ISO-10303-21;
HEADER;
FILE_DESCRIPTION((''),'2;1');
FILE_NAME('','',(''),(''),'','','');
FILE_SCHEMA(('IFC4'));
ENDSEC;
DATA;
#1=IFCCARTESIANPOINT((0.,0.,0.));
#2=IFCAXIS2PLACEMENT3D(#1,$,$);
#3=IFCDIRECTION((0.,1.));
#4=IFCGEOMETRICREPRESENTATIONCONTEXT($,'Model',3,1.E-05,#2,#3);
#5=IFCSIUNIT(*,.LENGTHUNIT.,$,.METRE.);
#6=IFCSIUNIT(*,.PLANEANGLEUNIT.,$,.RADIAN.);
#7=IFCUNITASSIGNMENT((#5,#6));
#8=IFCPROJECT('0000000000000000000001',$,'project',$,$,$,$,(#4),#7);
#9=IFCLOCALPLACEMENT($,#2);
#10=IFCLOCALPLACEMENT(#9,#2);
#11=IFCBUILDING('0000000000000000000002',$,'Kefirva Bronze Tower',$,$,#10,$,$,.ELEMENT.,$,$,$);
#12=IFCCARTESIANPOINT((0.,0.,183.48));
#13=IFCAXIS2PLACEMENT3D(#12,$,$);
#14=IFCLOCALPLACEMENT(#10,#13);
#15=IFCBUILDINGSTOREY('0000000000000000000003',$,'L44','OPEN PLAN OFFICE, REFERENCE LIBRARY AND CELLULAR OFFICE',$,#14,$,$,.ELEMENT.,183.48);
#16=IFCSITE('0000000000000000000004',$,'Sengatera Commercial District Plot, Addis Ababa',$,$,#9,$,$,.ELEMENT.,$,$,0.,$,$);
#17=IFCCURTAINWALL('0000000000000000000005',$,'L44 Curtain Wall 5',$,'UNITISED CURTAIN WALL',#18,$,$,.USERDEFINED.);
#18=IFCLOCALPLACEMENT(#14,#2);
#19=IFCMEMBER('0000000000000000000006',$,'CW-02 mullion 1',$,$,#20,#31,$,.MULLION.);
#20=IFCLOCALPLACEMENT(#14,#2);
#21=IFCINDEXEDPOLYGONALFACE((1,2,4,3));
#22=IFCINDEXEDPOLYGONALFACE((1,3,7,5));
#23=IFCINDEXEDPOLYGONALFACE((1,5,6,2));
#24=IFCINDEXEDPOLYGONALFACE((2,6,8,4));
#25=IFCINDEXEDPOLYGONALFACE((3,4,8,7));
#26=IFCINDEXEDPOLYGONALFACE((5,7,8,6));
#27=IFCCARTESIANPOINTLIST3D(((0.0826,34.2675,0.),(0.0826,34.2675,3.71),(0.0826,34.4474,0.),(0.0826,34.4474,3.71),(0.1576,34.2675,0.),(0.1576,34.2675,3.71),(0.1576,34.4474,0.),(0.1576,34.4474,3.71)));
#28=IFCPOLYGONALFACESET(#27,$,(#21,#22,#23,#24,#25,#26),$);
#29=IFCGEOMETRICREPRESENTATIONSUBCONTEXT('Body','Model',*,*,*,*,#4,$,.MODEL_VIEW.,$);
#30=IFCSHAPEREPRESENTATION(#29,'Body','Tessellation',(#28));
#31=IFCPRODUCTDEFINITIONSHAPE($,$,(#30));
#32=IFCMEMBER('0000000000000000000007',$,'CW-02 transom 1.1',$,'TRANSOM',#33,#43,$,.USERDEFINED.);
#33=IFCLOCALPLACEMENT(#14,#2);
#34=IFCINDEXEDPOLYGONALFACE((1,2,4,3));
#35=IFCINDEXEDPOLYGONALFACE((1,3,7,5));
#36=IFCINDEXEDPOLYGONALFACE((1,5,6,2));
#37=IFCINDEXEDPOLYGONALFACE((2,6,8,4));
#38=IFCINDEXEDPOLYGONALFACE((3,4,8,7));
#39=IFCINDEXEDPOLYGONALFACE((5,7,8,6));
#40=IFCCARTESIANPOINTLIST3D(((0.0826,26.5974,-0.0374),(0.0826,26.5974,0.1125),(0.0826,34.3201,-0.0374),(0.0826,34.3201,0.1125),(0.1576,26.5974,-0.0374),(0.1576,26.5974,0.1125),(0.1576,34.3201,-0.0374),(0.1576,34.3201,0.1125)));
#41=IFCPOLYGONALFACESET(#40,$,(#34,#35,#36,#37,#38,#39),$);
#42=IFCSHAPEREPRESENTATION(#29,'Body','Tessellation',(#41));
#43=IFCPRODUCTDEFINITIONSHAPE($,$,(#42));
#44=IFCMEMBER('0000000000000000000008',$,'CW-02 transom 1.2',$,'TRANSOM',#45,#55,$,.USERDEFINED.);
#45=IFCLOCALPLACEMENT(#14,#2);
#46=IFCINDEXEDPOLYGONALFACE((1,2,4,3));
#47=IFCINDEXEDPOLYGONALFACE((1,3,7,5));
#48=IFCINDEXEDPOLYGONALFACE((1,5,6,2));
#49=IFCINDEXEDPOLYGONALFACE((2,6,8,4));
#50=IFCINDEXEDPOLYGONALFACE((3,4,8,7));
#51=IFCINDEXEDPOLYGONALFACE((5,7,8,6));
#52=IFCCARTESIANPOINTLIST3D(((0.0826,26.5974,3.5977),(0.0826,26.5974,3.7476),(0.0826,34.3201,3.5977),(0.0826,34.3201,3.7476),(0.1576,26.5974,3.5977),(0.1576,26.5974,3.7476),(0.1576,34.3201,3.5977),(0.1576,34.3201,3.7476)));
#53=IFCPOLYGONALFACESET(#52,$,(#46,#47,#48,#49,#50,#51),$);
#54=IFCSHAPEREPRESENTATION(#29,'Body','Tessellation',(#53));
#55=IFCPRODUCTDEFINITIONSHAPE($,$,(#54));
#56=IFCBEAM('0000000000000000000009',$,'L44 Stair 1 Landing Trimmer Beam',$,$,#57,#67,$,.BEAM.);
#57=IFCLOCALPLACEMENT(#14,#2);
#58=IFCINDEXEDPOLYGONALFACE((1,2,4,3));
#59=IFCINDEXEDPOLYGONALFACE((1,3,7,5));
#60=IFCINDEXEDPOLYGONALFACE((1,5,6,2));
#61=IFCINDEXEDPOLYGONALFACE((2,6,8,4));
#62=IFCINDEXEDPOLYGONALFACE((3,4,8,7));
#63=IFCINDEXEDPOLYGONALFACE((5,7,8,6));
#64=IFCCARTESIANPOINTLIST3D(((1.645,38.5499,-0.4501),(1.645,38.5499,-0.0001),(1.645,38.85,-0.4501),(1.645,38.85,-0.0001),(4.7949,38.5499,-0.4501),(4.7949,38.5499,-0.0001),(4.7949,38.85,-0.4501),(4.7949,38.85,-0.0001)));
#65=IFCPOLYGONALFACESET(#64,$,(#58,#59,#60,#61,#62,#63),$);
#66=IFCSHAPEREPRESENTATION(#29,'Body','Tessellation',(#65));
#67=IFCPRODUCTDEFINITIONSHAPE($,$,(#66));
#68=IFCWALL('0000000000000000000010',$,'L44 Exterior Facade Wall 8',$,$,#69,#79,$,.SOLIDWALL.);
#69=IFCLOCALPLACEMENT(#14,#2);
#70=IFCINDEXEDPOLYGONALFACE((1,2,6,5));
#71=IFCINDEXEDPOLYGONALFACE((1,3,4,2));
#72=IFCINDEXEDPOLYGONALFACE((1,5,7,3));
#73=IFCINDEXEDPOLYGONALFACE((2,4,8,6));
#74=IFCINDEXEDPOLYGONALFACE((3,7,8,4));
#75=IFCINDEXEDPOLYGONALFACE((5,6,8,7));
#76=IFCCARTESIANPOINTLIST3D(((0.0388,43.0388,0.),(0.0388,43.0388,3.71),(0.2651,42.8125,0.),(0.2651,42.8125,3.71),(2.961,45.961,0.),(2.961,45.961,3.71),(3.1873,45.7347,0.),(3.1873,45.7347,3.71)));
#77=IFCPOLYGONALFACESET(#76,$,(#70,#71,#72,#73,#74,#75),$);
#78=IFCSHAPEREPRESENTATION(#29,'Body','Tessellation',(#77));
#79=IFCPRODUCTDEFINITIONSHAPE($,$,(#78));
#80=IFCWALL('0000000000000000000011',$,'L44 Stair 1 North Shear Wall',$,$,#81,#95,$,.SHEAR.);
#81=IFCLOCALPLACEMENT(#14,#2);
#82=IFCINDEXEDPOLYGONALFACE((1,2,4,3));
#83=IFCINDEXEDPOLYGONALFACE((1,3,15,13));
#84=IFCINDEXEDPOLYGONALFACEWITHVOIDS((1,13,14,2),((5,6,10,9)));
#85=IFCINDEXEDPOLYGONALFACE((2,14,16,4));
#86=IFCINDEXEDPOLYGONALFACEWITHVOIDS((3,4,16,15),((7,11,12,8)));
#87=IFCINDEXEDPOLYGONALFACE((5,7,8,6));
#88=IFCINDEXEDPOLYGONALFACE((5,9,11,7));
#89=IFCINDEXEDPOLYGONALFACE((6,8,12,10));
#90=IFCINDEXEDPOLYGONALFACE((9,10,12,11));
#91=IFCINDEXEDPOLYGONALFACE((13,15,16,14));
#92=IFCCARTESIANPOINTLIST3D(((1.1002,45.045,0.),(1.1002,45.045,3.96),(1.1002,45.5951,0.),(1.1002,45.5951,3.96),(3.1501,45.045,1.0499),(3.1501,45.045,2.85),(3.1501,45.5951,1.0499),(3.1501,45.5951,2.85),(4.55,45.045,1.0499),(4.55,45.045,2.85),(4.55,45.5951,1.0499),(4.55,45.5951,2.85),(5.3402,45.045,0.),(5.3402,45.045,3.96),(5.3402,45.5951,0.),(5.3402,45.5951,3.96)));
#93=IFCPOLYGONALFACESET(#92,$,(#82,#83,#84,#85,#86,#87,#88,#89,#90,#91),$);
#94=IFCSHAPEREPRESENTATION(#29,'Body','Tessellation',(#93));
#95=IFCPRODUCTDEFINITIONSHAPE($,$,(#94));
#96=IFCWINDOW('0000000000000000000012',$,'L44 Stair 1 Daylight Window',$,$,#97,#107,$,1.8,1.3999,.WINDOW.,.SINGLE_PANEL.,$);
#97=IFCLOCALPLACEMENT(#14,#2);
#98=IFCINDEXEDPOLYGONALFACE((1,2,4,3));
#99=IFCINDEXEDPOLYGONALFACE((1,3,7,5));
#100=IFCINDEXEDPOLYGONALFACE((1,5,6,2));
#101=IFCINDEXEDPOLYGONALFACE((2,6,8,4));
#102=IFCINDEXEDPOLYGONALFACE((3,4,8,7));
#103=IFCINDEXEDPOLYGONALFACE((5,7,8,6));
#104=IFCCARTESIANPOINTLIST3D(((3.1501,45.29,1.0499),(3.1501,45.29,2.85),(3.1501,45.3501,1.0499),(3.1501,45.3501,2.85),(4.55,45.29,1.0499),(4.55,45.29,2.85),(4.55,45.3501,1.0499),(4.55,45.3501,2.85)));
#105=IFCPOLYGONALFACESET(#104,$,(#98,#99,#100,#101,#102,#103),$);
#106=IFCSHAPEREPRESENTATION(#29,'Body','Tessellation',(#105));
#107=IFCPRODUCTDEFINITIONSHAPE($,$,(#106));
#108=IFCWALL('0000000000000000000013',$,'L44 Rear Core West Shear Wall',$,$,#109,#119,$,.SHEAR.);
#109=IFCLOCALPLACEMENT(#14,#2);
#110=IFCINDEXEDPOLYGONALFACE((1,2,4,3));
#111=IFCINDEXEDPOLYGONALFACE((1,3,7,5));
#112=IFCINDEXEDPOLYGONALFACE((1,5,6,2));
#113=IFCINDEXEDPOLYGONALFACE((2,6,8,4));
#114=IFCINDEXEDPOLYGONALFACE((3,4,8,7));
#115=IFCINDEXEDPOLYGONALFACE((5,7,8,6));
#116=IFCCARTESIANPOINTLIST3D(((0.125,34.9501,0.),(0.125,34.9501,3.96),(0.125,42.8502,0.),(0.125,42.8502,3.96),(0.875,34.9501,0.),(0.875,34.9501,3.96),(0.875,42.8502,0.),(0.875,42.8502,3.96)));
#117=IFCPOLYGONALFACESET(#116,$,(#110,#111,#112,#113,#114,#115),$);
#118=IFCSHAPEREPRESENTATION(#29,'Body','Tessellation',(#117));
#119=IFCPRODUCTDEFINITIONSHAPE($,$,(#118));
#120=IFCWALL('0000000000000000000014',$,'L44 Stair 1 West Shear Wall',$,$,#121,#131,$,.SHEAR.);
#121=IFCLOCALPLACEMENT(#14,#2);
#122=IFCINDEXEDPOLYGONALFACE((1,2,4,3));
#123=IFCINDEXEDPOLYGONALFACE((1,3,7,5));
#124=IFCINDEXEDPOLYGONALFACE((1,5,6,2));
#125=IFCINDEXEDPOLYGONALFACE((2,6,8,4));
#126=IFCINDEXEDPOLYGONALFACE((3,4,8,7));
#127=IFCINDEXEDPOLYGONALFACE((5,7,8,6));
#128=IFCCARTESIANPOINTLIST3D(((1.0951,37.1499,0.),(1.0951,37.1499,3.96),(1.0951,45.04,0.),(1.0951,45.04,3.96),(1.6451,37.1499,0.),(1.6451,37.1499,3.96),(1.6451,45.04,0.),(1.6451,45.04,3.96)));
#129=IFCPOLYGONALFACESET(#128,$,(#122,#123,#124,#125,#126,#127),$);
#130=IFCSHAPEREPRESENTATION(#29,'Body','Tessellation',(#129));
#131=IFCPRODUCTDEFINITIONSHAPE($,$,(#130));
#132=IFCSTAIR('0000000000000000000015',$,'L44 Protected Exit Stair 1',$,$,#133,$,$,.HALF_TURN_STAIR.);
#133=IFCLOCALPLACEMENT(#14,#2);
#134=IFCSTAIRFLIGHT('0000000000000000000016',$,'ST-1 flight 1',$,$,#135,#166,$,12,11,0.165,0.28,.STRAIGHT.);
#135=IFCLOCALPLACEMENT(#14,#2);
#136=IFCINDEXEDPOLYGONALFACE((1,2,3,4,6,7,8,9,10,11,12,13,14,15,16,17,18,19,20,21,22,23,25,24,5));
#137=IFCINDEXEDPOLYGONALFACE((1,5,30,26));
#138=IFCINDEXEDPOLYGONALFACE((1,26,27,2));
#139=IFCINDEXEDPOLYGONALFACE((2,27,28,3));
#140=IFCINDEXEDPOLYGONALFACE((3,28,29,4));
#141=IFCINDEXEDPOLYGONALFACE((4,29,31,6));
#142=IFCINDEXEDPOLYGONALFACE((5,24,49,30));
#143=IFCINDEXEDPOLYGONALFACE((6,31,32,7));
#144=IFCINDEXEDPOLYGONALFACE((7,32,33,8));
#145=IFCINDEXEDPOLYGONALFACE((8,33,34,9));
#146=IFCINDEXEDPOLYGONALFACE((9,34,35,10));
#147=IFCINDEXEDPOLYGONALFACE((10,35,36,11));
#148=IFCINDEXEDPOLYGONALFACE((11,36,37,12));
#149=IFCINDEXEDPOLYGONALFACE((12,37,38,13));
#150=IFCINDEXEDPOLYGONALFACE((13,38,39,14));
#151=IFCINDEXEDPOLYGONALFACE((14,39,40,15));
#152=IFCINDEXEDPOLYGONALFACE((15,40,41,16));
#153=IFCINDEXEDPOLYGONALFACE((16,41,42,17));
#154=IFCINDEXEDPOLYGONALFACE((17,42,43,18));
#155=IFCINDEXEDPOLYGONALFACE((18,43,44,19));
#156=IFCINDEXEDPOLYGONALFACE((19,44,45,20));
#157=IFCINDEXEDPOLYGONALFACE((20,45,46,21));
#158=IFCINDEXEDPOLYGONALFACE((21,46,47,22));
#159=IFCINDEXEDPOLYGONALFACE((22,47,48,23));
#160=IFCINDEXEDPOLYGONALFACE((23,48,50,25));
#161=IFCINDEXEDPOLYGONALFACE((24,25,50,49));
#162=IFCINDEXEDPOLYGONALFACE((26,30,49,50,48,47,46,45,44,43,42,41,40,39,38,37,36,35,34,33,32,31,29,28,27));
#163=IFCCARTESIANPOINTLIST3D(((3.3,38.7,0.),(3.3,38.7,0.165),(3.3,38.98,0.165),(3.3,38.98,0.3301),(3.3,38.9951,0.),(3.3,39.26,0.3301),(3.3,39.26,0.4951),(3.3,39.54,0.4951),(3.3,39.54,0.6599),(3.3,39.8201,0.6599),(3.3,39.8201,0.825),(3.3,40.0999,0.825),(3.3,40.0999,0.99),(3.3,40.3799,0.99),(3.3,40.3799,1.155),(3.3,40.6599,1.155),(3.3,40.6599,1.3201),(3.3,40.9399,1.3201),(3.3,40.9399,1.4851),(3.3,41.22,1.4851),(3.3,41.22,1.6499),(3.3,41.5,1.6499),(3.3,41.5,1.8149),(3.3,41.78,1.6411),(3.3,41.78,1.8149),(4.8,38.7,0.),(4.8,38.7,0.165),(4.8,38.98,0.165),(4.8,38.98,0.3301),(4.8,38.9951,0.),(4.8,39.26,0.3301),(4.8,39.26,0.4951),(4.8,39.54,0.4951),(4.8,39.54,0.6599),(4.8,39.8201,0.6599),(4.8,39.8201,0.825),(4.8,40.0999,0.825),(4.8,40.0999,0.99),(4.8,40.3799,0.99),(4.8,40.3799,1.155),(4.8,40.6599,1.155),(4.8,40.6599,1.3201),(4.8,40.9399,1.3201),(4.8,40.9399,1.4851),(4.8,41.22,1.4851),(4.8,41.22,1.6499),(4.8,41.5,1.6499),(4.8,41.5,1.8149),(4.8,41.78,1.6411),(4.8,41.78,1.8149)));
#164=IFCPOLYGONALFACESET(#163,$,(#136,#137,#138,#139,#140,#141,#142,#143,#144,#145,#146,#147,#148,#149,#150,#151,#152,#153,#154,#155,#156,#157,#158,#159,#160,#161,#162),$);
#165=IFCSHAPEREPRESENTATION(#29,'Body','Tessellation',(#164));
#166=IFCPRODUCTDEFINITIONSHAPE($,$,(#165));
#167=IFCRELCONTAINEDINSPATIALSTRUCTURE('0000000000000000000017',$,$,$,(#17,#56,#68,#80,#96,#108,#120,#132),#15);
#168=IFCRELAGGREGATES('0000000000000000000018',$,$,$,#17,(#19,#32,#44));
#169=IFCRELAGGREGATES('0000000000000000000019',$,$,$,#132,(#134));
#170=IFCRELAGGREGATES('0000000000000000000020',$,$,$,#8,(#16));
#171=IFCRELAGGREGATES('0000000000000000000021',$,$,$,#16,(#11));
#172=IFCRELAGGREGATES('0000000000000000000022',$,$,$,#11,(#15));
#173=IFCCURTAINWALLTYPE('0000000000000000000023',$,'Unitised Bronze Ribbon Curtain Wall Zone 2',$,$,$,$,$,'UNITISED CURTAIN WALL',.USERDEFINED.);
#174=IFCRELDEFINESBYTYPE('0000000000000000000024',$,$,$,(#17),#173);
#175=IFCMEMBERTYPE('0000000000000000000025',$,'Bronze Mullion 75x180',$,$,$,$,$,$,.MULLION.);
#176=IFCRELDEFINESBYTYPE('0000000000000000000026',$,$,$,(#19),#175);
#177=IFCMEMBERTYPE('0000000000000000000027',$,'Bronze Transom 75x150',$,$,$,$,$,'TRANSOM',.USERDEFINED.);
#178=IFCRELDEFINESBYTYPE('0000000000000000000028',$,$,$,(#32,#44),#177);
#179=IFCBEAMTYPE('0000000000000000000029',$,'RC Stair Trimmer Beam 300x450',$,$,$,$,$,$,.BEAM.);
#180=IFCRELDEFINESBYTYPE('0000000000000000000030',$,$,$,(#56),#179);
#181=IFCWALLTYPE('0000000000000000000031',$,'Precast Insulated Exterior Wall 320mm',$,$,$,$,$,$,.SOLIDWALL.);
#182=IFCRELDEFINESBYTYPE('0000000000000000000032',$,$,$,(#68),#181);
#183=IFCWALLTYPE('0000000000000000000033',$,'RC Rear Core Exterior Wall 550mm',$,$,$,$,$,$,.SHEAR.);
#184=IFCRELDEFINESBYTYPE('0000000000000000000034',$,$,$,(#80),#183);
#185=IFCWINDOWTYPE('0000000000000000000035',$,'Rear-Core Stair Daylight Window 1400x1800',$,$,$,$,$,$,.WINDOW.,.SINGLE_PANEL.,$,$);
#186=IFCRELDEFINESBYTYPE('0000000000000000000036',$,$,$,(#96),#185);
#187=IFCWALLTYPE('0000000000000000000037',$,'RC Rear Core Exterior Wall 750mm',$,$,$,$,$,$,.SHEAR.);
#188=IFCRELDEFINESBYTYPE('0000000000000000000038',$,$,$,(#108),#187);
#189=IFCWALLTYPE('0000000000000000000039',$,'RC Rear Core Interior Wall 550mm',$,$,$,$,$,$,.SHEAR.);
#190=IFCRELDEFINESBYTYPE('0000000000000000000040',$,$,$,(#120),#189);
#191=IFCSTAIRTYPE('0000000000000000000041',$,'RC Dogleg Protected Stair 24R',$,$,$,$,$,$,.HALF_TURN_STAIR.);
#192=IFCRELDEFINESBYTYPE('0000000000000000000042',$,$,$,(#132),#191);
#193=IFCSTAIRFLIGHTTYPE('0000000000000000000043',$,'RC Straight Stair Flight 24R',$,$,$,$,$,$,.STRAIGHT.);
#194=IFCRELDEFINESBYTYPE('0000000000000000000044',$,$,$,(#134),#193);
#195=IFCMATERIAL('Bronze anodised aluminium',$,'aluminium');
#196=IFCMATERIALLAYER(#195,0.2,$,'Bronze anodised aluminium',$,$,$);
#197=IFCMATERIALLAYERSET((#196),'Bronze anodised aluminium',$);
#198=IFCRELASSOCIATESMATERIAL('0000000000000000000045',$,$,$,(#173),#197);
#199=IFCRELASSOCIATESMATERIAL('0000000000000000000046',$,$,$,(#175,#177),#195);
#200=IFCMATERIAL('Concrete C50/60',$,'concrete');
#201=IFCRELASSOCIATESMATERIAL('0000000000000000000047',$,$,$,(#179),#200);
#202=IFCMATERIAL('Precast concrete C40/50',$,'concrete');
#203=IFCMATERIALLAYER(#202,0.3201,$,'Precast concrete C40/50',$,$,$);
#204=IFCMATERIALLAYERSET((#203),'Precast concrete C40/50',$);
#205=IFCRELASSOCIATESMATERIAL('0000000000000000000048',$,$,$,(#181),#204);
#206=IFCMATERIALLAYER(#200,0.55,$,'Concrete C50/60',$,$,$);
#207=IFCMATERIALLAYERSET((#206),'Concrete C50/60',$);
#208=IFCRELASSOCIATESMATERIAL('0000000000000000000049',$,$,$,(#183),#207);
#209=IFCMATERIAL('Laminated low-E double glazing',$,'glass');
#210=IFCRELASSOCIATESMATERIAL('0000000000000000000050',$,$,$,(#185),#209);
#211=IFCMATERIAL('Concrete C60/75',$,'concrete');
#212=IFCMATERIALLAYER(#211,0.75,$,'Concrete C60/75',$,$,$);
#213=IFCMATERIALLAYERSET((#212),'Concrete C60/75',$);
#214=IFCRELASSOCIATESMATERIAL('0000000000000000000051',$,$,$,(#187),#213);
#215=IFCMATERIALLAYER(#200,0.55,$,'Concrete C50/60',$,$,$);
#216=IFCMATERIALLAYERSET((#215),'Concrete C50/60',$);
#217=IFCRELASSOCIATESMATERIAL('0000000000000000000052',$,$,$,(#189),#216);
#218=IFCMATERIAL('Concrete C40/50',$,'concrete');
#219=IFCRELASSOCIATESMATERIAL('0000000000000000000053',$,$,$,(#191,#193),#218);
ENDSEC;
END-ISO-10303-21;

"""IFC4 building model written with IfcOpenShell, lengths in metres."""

from ifc_helpers import new_model, si_unit, direction, frame, frame_2d, origin, origin_2d, place, context, subcontext, project, spatial, polyline, rectangle, outline, extrude, material, layer, layer_set, material_profile, profile_set, type_object, element, fill, aggregate, save


model = new_model("IFC4")

# Units and contexts
model_context = context("Model", 3, precision=1e-05, world=origin(), true_north=direction((0.0, 1.0)))
body_context = subcontext(model_context, "Body", "Model", "MODEL_VIEW")
ifc_project = project(units=[si_unit("LENGTHUNIT", "METRE"), si_unit("PLANEANGLEUNIT", "RADIAN")], contexts=[model_context])

# Site, building, storey
site_placement = place(None, origin())
site = spatial("IfcSite", under=ifc_project, at=site_placement, Name="Sengatera Commercial District Plot, Addis Ababa", CompositionType="ELEMENT", RefElevation=0.0)
building_placement = place(site_placement, origin())
building = spatial("IfcBuilding", under=site, at=building_placement, Name="Kefirva Bronze Tower", CompositionType="ELEMENT")
storey_placement = place(building_placement, frame((0.0, 0.0, 183.48)))
storey = spatial("IfcBuildingStorey", under=building, at=storey_placement, Name="L44", Description="OPEN PLAN OFFICE, REFERENCE LIBRARY AND CELLULAR OFFICE", CompositionType="ELEMENT", Elevation=183.48)

# Curtain wall, members
ifc_material_1 = material(Name="Bronze anodised aluminium", Category="aluminium")
ifc_layer_1 = layer(ifc_material_1, 0.2, Name="Bronze anodised aluminium")
ifc_layer_set_1 = layer_set([ifc_layer_1], Name="Bronze anodised aluminium")
curtain_wall_type = type_object("IfcCurtainWallType", Name="Unitised Bronze Ribbon Curtain Wall Zone 2", ElementType="UNITISED CURTAIN WALL", PredefinedType="USERDEFINED", material=ifc_layer_set_1)
curtain_wall_placement = place(storey_placement, origin())
curtain_wall = element("IfcCurtainWall", 1, at=curtain_wall_placement, inside=storey, type_object=curtain_wall_type, Name="L44 Curtain Wall 5", ObjectType="UNITISED CURTAIN WALL", PredefinedType="USERDEFINED")
ifc_material_profile_1 = material_profile(ifc_material_1, rectangle(XDim=0.075, YDim=0.1799, at=origin_2d()), Name="ALU 75x180")
ifc_profile_set_1 = profile_set([ifc_material_profile_1], Name="Bronze anodised aluminium")
member_type_1 = type_object("IfcMemberType", Name="Bronze Mullion 75x180", PredefinedType="MULLION", material=ifc_profile_set_1)
member_1_placement = place(storey_placement, frame((0.1201, 34.3574, 0.0), z_axis=(0.0, 0.0, 1.0), x_axis=(1.0, 0.0, 0.0)))
member_1 = element("IfcMember", 2, at=member_1_placement, type_object=member_type_1, Name="CW-02 mullion 1", PredefinedType="MULLION", context=body_context, shape_type="SweptSolid", body=[
    extrude(rectangle(XDim=0.075, YDim=0.1799, at=origin_2d()), origin(), (0.0, 0.0, 1.0), 3.71),
])
ifc_material_profile_2 = material_profile(ifc_material_1, rectangle(XDim=0.075, YDim=0.1499, at=origin_2d()), Name="ALU 75x150")
ifc_profile_set_2 = profile_set([ifc_material_profile_2], Name="Bronze anodised aluminium")
member_type_2 = type_object("IfcMemberType", Name="Bronze Transom 75x150", ElementType="TRANSOM", PredefinedType="USERDEFINED", material=ifc_profile_set_2)
member_2_placement = place(storey_placement, frame((0.1201, 34.3201, 0.0376), z_axis=(0.0, -1.0, 0.0), x_axis=(1.0, 0.0, 0.0)))
member_2 = element("IfcMember", 3, at=member_2_placement, type_object=member_type_2, Name="CW-02 transom 1.1", ObjectType="TRANSOM", PredefinedType="USERDEFINED", context=body_context, shape_type="SweptSolid", body=[
    extrude(rectangle(XDim=0.075, YDim=0.1499, at=origin_2d()), origin(), (0.0, 0.0, 1.0), 7.7227),
])
member_3_placement = place(storey_placement, frame((0.1201, 34.3201, 3.6726), z_axis=(0.0, -1.0, 0.0), x_axis=(1.0, 0.0, 0.0)))
member_3 = element("IfcMember", 4, at=member_3_placement, type_object=member_type_2, Name="CW-02 transom 1.2", ObjectType="TRANSOM", PredefinedType="USERDEFINED", context=body_context, shape_type="SweptSolid", body=[
    extrude(rectangle(XDim=0.075, YDim=0.1499, at=origin_2d()), origin(), (0.0, 0.0, 1.0), 7.7227),
])
aggregate(curtain_wall, [member_1, member_2, member_3])

# Beam
ifc_material_2 = material(Name="Concrete C50/60", Category="concrete")
ifc_material_profile_3 = material_profile(ifc_material_2, rectangle(XDim=0.3, YDim=0.45, at=origin_2d()), Name="RC 300x450")
ifc_profile_set_3 = profile_set([ifc_material_profile_3], Name="Concrete C50/60")
beam_type = type_object("IfcBeamType", Name="RC Stair Trimmer Beam 300x450", PredefinedType="BEAM", material=ifc_profile_set_3)
beam_placement = place(storey_placement, frame((1.645, 38.7, -0.2251), z_axis=(1.0, 0.0, 0.0), x_axis=(0.0, 1.0, 0.0)))
element("IfcBeam", 5, at=beam_placement, inside=storey, type_object=beam_type, Name="L44 Stair 1 Landing Trimmer Beam", PredefinedType="BEAM", context=body_context, shape_type="SweptSolid", body=[
    extrude(rectangle(XDim=0.3, YDim=0.45, at=origin_2d()), origin(), (0.0, 0.0, 1.0), 3.1499),
])

# Wall
ifc_material_3 = material(Name="Precast concrete C40/50", Category="concrete")
ifc_layer_2 = layer(ifc_material_3, 0.3201, Name="Precast concrete C40/50")
ifc_layer_set_2 = layer_set([ifc_layer_2], Name="Precast concrete C40/50")
wall_type_1 = type_object("IfcWallType", Name="Precast Insulated Exterior Wall 320mm", PredefinedType="SOLIDWALL", material=ifc_layer_set_2)
wall_1_placement = place(storey_placement, frame((3.0742, 45.8479, 0.0), z_axis=(0.0, 0.0, 1.0), x_axis=(-0.707107, -0.707107, 0.0)))
element("IfcWall", 6, at=wall_1_placement, inside=storey, type_object=wall_type_1, Name="L44 Exterior Facade Wall 8", PredefinedType="SOLIDWALL", context=body_context, shape_type="SweptSolid", body=[
    extrude(rectangle(XDim=4.1326, YDim=0.3201, at=frame_2d((2.0664, 0.0))), origin(), (0.0, 0.0, 1.0), 3.71),
])

# Wall, opening, window
ifc_layer_3 = layer(ifc_material_2, 0.55, Name="Concrete C50/60")
ifc_layer_set_3 = layer_set([ifc_layer_3], Name="Concrete C50/60")
wall_type_2 = type_object("IfcWallType", Name="RC Rear Core Exterior Wall 550mm", PredefinedType="SHEAR", material=ifc_layer_set_3)
wall_2_placement = place(storey_placement, frame((1.1001, 45.3201, 0.0), z_axis=(0.0, 0.0, 1.0), x_axis=(1.0, 0.0, 0.0)))
wall_2 = element("IfcWall", 7, at=wall_2_placement, inside=storey, type_object=wall_type_2, Name="L44 Stair 1 North Shear Wall", PredefinedType="SHEAR", context=body_context, shape_type="SweptSolid", body=[
    extrude(rectangle(XDim=4.24, YDim=0.55, at=frame_2d((2.1201, 0.0))), origin(), (0.0, 0.0, 1.0), 3.96),
])
opening_1_placement = place(wall_2_placement, frame((2.05, 0.0, 1.05)))
opening_1 = element("IfcOpeningElement", 8, at=opening_1_placement, cuts=wall_2, PredefinedType="OPENING", context=body_context, shape_type="SweptSolid", body=[
    extrude(rectangle(XDim=1.3999, YDim=1.8, at=frame_2d((0.7, 0.8999))), frame((0.0, 0.2852, 0.0), z_axis=(0.0, -1.0, 0.0), x_axis=(1.0, 0.0, 0.0)), (0.0, 0.0, 1.0), 0.5701),
])
ifc_material_4 = material(Name="Laminated low-E double glazing", Category="glass")
window_type = type_object("IfcWindowType", Name="Rear-Core Stair Daylight Window 1400x1800", PartitioningType="SINGLE_PANEL", PredefinedType="WINDOW", material=ifc_material_4)
window_placement = place(opening_1_placement, origin())
window = element("IfcWindow", 9, at=window_placement, inside=storey, type_object=window_type, Name="L44 Stair 1 Daylight Window", OverallHeight=1.8, OverallWidth=1.3999, PartitioningType="SINGLE_PANEL", PredefinedType="WINDOW", context=body_context, shape_type="SweptSolid", body=[
    extrude(rectangle(XDim=1.3999, YDim=1.8, at=frame_2d((0.7, 0.8999))), frame((0.0, 0.03, 0.0), z_axis=(0.0, -1.0, 0.0), x_axis=(1.0, 0.0, 0.0)), (0.0, 0.0, 1.0), 0.0601),
])
fill(opening_1, window)

# Walls
ifc_material_5 = material(Name="Concrete C60/75", Category="concrete")
ifc_layer_4 = layer(ifc_material_5, 0.75, Name="Concrete C60/75")
ifc_layer_set_4 = layer_set([ifc_layer_4], Name="Concrete C60/75")
wall_type_3 = type_object("IfcWallType", Name="RC Rear Core Exterior Wall 750mm", PredefinedType="SHEAR", material=ifc_layer_set_4)
wall_3_placement = place(storey_placement, frame((0.5, 34.95, 0.0), z_axis=(0.0, 0.0, 1.0), x_axis=(0.0, 1.0, 0.0)))
element("IfcWall", 10, at=wall_3_placement, inside=storey, type_object=wall_type_3, Name="L44 Rear Core West Shear Wall", PredefinedType="SHEAR", context=body_context, shape_type="SweptSolid", body=[
    extrude(rectangle(XDim=7.9001, YDim=0.75, at=frame_2d((3.9502, 0.0))), origin(), (0.0, 0.0, 1.0), 3.96),
])
ifc_layer_5 = layer(ifc_material_2, 0.55, Name="Concrete C50/60")
ifc_layer_set_5 = layer_set([ifc_layer_5], Name="Concrete C50/60")
wall_type_4 = type_object("IfcWallType", Name="RC Rear Core Interior Wall 550mm", PredefinedType="SHEAR", material=ifc_layer_set_5)
wall_4_placement = place(storey_placement, frame((1.3701, 37.1499, 0.0), z_axis=(0.0, 0.0, 1.0), x_axis=(0.0, 1.0, 0.0)))
element("IfcWall", 11, at=wall_4_placement, inside=storey, type_object=wall_type_4, Name="L44 Stair 1 West Shear Wall", PredefinedType="SHEAR", context=body_context, shape_type="SweptSolid", body=[
    extrude(rectangle(XDim=7.8901, YDim=0.55, at=frame_2d((3.9451, 0.0))), origin(), (0.0, 0.0, 1.0), 3.96),
])

# Stair, stair flight
ifc_material_6 = material(Name="Concrete C40/50", Category="concrete")
stair_type = type_object("IfcStairType", Name="RC Dogleg Protected Stair 24R", PredefinedType="HALF_TURN_STAIR", material=ifc_material_6)
stair_placement = place(storey_placement, origin())
stair = element("IfcStair", 12, at=stair_placement, inside=storey, type_object=stair_type, Name="L44 Protected Exit Stair 1", PredefinedType="HALF_TURN_STAIR")
stair_flight_type = type_object("IfcStairFlightType", Name="RC Straight Stair Flight 24R", PredefinedType="STRAIGHT", material=ifc_material_6)
stair_flight_1_placement = place(storey_placement, frame((4.05, 38.7, 0.0), z_axis=(0.0, 0.0, 1.0), x_axis=(0.0, 1.0, 0.0)))
stair_flight_1 = element("IfcStairFlight", 13, at=stair_flight_1_placement, type_object=stair_flight_type, Name="ST-1 flight 1", NumberOfRisers=12, NumberOfTreads=11, PredefinedType="STRAIGHT", RiserHeight=0.165, TreadLength=0.28, context=body_context, shape_type="SweptSolid", body=[
    extrude(outline(polyline([(0.0, 0.0), (0.0, 0.165), (0.28, 0.165), (0.28, 0.3301), (0.5601, 0.3301), (0.5601, 0.4951), (0.8401, 0.4951), (0.8401, 0.6599), (1.1201, 0.6599), (1.1201, 0.825), (1.3999, 0.825), (1.3999, 0.99), (1.6799, 0.99), (1.6799, 1.155), (1.96, 1.155), (1.96, 1.3201), (2.24, 1.3201), (2.24, 1.4851), (2.52, 1.4851), (2.52, 1.6499), (2.8, 1.6499), (2.8, 1.8149), (3.0801, 1.8149), (3.0801, 1.98), (3.0801, 1.6411), (0.2952, 0.0), (0.0, 0.0)])), frame((0.0, 0.75, 0.0), z_axis=(0.0, -1.0, 0.0), x_axis=(1.0, 0.0, 0.0)), (0.0, 0.0, 1.0), 1.5),
])
aggregate(stair, [stair_flight_1])

save(model, "model.ifc")
